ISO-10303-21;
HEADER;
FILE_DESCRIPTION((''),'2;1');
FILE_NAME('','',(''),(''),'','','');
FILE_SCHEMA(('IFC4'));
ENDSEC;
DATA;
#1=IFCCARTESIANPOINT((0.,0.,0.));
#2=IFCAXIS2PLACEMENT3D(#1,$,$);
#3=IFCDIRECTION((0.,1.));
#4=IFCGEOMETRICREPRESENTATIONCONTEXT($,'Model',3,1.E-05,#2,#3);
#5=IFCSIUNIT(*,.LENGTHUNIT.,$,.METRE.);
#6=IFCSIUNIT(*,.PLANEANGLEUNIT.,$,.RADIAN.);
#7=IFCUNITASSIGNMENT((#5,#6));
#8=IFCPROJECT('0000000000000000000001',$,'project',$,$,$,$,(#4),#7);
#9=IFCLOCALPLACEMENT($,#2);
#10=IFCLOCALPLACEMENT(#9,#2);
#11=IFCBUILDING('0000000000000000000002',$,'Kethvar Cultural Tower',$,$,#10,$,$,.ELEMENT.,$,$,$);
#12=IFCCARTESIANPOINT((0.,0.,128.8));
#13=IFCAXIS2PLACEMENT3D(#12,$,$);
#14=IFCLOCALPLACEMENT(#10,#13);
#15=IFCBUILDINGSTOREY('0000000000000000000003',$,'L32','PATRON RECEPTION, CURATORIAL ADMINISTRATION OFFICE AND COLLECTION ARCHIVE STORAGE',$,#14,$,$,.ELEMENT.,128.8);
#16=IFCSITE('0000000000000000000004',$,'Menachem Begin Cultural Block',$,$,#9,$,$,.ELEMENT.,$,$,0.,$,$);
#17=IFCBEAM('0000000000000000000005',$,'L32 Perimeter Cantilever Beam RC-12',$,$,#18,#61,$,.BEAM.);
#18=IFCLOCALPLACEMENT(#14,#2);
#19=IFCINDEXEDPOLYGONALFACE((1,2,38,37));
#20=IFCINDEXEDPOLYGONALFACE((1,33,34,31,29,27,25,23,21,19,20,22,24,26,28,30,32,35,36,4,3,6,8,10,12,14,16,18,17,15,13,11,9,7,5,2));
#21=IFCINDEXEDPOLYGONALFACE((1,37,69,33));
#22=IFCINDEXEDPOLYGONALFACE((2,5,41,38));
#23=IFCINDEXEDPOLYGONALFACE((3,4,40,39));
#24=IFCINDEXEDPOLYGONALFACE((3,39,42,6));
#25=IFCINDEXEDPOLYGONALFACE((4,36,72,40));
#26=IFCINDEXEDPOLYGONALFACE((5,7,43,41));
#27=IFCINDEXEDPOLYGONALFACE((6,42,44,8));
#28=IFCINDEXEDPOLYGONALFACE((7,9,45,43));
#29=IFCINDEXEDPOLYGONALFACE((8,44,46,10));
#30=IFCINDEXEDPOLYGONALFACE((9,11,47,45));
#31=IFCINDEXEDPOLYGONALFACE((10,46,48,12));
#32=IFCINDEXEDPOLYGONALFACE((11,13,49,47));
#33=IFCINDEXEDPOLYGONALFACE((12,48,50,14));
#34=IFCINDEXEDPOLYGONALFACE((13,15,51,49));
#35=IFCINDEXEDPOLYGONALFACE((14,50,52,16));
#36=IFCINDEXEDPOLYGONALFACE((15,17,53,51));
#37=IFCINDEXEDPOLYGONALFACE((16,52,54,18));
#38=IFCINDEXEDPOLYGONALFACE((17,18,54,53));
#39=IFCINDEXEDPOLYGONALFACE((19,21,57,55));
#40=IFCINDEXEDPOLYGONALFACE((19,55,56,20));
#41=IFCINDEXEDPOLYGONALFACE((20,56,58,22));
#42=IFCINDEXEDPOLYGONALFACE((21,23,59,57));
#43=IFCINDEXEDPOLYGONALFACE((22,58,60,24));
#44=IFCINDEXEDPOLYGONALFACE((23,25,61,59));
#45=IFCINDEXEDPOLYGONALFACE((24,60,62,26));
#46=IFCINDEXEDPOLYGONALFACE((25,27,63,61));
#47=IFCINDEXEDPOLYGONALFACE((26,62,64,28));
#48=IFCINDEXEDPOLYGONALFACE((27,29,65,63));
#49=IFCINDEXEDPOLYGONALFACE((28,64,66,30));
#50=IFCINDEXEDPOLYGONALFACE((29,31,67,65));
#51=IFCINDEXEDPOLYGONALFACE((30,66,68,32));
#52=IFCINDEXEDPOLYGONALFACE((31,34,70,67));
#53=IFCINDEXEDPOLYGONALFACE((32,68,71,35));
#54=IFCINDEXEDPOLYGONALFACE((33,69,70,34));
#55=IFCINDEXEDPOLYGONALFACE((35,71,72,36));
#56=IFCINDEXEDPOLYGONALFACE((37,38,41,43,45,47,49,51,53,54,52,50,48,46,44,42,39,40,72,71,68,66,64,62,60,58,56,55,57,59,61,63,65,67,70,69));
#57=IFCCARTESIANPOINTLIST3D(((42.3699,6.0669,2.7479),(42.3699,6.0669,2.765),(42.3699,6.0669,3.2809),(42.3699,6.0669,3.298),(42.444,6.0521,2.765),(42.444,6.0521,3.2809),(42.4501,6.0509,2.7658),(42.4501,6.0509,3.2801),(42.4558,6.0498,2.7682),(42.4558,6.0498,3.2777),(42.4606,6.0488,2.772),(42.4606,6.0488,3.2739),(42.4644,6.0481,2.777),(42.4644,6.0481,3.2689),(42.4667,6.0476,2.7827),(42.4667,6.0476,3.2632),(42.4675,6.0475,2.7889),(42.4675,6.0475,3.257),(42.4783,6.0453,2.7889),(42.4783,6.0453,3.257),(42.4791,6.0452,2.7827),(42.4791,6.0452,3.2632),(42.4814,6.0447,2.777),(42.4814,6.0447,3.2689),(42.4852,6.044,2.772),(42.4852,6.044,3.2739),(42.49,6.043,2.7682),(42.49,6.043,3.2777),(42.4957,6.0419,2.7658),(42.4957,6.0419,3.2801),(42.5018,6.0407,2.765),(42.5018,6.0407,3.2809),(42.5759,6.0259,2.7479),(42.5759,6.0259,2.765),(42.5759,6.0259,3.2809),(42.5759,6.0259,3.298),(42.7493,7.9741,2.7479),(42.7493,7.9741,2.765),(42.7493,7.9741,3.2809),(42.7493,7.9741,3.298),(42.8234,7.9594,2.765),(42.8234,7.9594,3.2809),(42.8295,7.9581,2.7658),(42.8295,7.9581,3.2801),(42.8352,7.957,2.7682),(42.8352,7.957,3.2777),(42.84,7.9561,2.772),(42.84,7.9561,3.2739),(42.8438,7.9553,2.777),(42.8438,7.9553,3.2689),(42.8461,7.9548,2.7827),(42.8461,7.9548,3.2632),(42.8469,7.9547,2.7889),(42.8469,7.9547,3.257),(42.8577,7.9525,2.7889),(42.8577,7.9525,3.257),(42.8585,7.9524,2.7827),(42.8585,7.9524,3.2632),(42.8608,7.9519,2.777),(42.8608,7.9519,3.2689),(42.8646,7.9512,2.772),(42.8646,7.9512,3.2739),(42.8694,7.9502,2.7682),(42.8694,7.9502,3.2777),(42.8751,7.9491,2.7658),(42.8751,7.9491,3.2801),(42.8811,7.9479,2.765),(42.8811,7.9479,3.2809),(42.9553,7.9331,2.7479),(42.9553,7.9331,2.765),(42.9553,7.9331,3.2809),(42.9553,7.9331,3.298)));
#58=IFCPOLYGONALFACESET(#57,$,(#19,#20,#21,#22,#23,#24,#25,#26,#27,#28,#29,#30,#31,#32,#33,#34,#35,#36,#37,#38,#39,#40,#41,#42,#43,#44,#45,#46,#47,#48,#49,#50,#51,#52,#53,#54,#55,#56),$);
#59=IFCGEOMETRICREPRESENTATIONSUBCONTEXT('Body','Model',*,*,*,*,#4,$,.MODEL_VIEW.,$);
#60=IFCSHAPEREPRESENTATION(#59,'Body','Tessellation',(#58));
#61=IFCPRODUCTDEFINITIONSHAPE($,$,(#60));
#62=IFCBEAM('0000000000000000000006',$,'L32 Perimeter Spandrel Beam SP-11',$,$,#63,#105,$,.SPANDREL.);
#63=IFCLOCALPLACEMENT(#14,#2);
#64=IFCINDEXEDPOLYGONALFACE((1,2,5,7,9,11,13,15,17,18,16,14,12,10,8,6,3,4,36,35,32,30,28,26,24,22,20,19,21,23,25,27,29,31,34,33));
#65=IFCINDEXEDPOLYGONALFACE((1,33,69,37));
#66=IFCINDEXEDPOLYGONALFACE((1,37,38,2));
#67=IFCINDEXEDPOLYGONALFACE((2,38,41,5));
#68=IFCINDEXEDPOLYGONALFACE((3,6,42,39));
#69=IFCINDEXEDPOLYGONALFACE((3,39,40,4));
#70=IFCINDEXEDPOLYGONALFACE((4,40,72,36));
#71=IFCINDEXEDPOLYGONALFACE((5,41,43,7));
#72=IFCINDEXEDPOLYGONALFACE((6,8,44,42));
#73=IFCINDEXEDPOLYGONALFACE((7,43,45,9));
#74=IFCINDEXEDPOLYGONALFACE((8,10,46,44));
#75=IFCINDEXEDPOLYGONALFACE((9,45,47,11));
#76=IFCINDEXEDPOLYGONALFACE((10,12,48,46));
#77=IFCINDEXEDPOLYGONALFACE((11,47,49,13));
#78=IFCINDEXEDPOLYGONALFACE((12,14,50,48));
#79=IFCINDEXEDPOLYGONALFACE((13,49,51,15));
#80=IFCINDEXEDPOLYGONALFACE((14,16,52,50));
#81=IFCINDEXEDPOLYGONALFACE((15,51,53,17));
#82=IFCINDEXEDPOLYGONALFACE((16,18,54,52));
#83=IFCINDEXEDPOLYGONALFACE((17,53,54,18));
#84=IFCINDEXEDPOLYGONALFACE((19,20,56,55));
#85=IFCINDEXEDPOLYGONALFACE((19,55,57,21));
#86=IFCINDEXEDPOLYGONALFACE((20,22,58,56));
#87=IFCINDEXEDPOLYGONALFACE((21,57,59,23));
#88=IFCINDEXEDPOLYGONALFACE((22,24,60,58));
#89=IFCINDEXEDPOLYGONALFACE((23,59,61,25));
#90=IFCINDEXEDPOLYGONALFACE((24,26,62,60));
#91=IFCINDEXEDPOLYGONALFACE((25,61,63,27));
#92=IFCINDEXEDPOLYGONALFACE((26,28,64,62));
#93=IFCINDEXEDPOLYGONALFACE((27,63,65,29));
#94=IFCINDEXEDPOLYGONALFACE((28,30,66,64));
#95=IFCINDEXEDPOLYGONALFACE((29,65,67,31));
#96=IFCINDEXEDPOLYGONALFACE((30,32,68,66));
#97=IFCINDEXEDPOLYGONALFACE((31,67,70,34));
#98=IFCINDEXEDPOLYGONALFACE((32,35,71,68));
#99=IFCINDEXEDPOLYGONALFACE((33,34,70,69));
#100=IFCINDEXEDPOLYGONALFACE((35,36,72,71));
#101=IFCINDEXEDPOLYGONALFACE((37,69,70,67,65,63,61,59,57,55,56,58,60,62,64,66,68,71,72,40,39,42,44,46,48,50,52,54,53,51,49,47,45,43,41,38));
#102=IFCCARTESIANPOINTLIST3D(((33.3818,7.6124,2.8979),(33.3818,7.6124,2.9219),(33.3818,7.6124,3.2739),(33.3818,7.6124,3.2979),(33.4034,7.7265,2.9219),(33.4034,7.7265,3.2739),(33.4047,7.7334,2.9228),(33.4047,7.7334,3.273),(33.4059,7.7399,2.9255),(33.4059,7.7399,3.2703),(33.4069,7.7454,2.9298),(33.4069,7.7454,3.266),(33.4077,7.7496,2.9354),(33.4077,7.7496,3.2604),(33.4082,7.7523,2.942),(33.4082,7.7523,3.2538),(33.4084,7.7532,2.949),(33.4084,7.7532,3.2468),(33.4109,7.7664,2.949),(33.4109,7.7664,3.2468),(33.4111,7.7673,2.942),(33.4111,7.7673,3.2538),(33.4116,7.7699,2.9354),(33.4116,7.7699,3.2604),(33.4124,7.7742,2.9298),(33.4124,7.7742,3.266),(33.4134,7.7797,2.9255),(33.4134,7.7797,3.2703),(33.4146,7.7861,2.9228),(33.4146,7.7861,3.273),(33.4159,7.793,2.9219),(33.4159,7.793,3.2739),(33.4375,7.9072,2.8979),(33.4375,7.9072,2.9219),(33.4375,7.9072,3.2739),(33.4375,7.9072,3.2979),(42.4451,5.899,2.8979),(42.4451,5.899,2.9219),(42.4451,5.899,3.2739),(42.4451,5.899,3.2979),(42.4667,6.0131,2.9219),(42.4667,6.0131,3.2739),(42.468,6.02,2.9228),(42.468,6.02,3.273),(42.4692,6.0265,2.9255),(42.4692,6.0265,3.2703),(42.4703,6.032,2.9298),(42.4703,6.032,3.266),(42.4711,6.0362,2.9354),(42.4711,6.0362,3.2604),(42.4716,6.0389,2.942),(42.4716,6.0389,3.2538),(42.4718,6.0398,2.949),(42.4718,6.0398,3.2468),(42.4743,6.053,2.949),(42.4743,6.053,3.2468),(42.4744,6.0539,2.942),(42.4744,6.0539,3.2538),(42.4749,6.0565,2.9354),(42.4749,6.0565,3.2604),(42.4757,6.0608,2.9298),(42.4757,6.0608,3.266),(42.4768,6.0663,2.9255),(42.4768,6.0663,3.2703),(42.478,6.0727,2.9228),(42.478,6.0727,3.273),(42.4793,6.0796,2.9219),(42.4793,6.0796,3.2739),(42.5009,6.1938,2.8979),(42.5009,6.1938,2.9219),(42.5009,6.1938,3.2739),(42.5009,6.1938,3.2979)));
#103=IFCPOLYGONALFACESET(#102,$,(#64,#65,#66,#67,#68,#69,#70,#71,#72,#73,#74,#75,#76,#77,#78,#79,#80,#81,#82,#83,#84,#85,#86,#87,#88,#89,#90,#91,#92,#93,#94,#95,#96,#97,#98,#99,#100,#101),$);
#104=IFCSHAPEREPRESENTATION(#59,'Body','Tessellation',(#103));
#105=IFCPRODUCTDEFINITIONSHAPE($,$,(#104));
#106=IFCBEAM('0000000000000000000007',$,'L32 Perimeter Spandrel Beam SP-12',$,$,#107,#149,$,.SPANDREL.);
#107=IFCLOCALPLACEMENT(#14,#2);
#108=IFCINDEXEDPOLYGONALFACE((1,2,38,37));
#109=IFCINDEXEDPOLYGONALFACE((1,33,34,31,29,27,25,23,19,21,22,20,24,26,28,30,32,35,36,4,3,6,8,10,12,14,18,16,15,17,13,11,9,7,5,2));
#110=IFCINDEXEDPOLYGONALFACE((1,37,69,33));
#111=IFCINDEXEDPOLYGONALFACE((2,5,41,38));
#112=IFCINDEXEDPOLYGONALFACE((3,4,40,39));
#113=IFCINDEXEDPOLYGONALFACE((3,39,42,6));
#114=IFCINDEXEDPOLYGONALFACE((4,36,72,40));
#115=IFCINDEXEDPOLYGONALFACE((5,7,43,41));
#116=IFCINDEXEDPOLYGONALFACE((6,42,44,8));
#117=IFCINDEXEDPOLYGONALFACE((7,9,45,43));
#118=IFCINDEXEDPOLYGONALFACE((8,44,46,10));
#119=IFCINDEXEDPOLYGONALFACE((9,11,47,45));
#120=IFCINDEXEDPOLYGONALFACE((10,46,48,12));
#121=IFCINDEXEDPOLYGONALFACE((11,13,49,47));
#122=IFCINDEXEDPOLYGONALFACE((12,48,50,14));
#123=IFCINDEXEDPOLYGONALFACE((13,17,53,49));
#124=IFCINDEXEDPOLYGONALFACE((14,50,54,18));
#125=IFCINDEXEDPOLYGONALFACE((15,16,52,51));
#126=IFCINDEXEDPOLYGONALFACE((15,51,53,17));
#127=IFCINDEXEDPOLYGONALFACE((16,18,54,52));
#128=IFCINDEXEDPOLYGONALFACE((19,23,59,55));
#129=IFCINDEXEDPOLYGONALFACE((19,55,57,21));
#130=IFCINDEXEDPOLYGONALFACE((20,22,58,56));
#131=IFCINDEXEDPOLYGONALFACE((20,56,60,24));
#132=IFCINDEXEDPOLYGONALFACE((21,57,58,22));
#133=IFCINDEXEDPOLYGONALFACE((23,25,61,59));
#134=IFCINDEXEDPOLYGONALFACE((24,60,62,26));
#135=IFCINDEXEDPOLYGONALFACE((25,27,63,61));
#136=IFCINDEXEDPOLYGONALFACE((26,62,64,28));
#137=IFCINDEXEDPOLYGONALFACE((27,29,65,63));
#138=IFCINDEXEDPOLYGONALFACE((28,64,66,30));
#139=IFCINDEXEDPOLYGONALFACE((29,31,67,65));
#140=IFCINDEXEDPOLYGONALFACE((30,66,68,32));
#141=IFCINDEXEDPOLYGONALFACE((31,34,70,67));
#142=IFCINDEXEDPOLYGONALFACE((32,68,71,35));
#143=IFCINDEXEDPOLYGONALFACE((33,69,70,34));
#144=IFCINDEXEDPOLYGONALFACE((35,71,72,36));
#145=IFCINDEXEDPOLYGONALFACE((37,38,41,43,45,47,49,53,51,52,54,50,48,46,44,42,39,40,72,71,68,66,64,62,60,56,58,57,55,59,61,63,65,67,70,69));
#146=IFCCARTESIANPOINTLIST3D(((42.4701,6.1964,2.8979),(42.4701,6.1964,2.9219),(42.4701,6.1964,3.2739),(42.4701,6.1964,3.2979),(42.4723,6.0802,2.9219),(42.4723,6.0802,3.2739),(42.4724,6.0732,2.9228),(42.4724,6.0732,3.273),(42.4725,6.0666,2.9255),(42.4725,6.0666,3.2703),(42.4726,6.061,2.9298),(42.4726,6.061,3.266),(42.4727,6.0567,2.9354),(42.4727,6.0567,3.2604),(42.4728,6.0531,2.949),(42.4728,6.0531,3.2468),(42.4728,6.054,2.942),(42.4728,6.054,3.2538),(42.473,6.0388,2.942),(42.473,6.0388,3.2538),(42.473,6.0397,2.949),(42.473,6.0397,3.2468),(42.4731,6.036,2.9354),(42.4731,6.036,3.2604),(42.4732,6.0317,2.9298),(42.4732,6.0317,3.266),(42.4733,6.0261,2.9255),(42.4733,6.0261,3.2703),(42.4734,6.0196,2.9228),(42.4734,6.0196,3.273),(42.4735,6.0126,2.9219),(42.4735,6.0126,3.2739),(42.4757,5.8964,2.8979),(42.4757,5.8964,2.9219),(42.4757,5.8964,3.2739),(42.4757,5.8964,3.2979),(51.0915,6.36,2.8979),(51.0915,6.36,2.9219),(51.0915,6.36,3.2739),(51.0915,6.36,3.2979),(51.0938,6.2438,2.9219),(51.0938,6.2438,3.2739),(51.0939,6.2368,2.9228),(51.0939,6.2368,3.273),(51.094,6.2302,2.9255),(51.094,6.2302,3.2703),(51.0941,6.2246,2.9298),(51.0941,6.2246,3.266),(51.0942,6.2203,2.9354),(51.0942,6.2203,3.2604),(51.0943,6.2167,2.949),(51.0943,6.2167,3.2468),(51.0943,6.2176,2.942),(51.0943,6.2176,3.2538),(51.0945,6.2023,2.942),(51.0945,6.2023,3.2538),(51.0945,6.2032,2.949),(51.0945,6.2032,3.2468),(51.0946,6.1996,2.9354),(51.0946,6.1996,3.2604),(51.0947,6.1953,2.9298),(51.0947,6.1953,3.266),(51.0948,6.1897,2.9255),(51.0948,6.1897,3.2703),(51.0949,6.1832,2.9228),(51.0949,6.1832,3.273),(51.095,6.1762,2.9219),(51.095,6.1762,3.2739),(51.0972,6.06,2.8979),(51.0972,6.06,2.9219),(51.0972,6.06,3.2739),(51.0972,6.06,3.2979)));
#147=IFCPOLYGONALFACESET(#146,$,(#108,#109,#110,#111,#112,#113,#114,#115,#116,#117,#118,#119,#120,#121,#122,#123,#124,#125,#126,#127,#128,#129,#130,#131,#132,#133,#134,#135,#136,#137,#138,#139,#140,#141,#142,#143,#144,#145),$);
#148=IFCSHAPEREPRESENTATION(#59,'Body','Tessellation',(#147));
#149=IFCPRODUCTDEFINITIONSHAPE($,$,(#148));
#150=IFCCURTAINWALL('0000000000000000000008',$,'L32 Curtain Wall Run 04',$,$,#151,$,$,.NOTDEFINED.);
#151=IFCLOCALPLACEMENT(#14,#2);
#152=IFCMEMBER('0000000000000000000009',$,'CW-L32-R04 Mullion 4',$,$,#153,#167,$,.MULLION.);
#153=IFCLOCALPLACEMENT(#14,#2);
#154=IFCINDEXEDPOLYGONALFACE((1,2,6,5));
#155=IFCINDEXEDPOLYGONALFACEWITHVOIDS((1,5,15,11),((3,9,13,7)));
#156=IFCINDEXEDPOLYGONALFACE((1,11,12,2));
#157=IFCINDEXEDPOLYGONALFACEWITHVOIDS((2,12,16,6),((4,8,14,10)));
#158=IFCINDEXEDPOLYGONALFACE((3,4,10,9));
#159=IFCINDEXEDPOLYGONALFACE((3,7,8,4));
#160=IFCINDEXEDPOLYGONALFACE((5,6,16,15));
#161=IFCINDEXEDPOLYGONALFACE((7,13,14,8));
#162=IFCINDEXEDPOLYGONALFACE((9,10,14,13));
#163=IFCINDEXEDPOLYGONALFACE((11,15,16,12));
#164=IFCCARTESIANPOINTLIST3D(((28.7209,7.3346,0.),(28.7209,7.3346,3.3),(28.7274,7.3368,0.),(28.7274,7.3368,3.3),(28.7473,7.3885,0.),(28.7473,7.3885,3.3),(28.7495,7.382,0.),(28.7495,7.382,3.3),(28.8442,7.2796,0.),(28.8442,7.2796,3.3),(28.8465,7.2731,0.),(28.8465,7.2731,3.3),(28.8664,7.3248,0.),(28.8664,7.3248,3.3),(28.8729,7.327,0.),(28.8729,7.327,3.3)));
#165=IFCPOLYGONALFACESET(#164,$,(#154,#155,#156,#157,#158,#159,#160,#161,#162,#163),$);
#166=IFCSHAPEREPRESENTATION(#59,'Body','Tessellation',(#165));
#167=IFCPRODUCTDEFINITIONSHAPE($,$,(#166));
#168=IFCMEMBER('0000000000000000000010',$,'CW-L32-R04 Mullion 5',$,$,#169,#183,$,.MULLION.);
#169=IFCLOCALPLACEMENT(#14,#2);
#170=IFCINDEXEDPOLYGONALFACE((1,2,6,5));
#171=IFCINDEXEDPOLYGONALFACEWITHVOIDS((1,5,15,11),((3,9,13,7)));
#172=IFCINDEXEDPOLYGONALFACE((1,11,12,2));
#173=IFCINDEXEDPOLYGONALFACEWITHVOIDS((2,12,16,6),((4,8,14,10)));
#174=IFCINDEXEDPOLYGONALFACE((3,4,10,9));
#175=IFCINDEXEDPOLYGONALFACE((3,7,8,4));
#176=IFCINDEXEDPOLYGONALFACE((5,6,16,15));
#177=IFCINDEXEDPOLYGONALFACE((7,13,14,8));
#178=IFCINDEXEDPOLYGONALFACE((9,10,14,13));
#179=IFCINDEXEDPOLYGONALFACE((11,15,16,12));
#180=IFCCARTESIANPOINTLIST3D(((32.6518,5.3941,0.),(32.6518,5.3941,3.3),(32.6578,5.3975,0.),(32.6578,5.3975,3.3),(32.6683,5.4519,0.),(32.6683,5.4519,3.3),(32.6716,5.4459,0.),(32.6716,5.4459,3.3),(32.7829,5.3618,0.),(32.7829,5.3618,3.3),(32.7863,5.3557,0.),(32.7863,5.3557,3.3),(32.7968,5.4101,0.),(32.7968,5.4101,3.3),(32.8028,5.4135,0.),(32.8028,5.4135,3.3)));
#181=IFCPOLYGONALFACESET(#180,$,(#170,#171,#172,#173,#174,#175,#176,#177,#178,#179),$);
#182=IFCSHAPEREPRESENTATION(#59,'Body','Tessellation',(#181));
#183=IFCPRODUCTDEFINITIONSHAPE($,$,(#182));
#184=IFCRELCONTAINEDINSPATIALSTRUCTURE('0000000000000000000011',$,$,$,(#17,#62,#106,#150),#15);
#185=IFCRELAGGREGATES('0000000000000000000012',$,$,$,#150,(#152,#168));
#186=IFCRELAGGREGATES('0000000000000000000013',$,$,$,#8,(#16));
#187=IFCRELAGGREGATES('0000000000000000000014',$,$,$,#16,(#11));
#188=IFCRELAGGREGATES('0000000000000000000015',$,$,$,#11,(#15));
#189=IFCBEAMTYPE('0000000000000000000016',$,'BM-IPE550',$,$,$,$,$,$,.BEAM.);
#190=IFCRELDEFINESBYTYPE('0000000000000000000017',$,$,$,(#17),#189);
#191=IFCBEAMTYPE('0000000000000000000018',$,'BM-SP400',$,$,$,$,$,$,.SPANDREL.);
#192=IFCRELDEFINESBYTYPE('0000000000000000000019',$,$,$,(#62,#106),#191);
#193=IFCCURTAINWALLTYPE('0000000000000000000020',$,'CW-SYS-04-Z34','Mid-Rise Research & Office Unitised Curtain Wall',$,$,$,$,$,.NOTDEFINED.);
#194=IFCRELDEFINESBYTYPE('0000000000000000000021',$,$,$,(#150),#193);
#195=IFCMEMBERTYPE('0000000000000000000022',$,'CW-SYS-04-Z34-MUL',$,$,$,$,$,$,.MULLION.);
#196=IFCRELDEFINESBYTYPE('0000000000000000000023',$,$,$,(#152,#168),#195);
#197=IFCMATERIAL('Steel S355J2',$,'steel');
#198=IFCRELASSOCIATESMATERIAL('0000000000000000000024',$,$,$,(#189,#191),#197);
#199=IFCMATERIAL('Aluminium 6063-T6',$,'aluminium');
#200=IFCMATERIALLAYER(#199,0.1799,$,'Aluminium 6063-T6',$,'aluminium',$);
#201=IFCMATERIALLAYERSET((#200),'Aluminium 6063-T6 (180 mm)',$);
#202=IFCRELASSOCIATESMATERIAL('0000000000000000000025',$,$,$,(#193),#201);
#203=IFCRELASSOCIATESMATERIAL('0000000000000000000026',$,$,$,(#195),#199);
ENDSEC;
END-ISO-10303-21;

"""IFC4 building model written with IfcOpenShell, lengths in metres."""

from ifc_helpers import new_model, si_unit, direction, frame, origin, origin_2d, place, context, subcontext, project, spatial, hollow_rectangle, i_section, extrude, source, transform, mapped, material, layer, layer_set, material_profile, profile_set, type_object, element, aggregate, save


model = new_model("IFC4")

# Units and contexts
model_context = context("Model", 3, precision=1e-05, world=origin(), true_north=direction((0.0, 1.0)))
body_context = subcontext(model_context, "Body", "Model", "MODEL_VIEW")
ifc_project = project(units=[si_unit("LENGTHUNIT", "METRE"), si_unit("PLANEANGLEUNIT", "RADIAN")], contexts=[model_context])

# Site, building, storey
site_placement = place(None, origin())
site = spatial("IfcSite", under=ifc_project, at=site_placement, Name="Menachem Begin Cultural Block", CompositionType="ELEMENT", RefElevation=0.0)
building_placement = place(site_placement, origin())
building = spatial("IfcBuilding", under=site, at=building_placement, Name="Kethvar Cultural Tower", CompositionType="ELEMENT")
storey_placement = place(building_placement, frame((0.0, 0.0, 128.8)))
storey = spatial("IfcBuildingStorey", under=building, at=storey_placement, Name="L32", Description="PATRON RECEPTION, CURATORIAL ADMINISTRATION OFFICE AND COLLECTION ARCHIVE STORAGE", CompositionType="ELEMENT", Elevation=128.8)

# Beams
ifc_material_1 = material(Name="Steel S355J2", Category="steel")
ifc_material_profile_1 = material_profile(ifc_material_1, i_section(OverallWidth=0.21, OverallDepth=0.55, WebThickness=0.011, FlangeThickness=0.0171, FilletRadius=0.0239, at=origin_2d()), Name="Steel S355J2 — IPE550")
ifc_profile_set_1 = profile_set([ifc_material_profile_1], Name="Steel S355J2 — IPE550")
beam_type_1 = type_object("IfcBeamType", Name="BM-IPE550", PredefinedType="BEAM", material=ifc_profile_set_1)
shared_shape_1 = source(origin(), body_context, "Body", "SweptSolid", [
    extrude(i_section(OverallWidth=0.21, OverallDepth=0.55, WebThickness=0.011, FlangeThickness=0.0171, FilletRadius=0.0239, at=origin_2d()), origin(), (0.0, 0.0, 1.0), 1.9446),
])
beam_1_placement = place(storey_placement, frame((42.8523, 7.9536, 3.0229), z_axis=(-0.195102, -0.980783, 0.0), x_axis=(0.980783, -0.195102, 0.0)))
element("IfcBeam", 1, at=beam_1_placement, inside=storey, type_object=beam_type_1, Name="L32 Perimeter Cantilever Beam RC-12", PredefinedType="BEAM", context=body_context, shape_type="MappedRepresentation", body=[
    mapped(shared_shape_1, transform((0.0, 0.0, 0.0), scale=1.0)),
])
ifc_material_profile_2 = material_profile(ifc_material_1, i_section(OverallWidth=0.3, OverallDepth=0.3999, WebThickness=0.0134, FlangeThickness=0.0239, FilletRadius=0.0271, at=origin_2d()), Name="Steel S355J2 — HEB400")
ifc_profile_set_2 = profile_set([ifc_material_profile_2], Name="Steel S355J2 — HEB400")
beam_type_2 = type_object("IfcBeamType", Name="BM-SP400", PredefinedType="SPANDREL", material=ifc_profile_set_2)
shared_shape_2 = source(origin(), body_context, "Body", "SweptSolid", [
    extrude(i_section(OverallWidth=0.3, OverallDepth=0.3999, WebThickness=0.0134, FlangeThickness=0.0239, FilletRadius=0.0271, at=origin_2d()), origin(), (0.0, 0.0, 1.0), 9.2239),
])
beam_2_placement = place(storey_placement, frame((33.4097, 7.7598, 3.0979), z_axis=(0.982596, -0.185757, 0.0), x_axis=(0.185757, 0.982596, 0.0)))
element("IfcBeam", 2, at=beam_2_placement, inside=storey, type_object=beam_type_2, Name="L32 Perimeter Spandrel Beam SP-11", PredefinedType="SPANDREL", context=body_context, shape_type="MappedRepresentation", body=[
    mapped(shared_shape_2, transform((0.0, 0.0, 0.0), scale=1.0)),
])
shared_shape_3 = source(origin(), body_context, "Body", "SweptSolid", [
    extrude(i_section(OverallWidth=0.3, OverallDepth=0.3999, WebThickness=0.0134, FlangeThickness=0.0239, FilletRadius=0.0271, at=origin_2d()), origin(), (0.0, 0.0, 1.0), 8.623),
])
beam_3_placement = place(storey_placement, frame((42.4729, 6.0464, 3.0979), z_axis=(0.99982, 0.018969, 0.0), x_axis=(-0.018969, 0.99982, 0.0)))
element("IfcBeam", 3, at=beam_3_placement, inside=storey, type_object=beam_type_2, Name="L32 Perimeter Spandrel Beam SP-12", PredefinedType="SPANDREL", context=body_context, shape_type="MappedRepresentation", body=[
    mapped(shared_shape_3, transform((0.0, 0.0, 0.0), scale=1.0)),
])

# Curtain wall, members
ifc_material_2 = material(Name="Aluminium 6063-T6", Category="aluminium")
ifc_layer_1 = layer(ifc_material_2, 0.1799, Name="Aluminium 6063-T6", Category="aluminium")
ifc_layer_set_1 = layer_set([ifc_layer_1], Name="Aluminium 6063-T6 (180 mm)")
curtain_wall_type = type_object("IfcCurtainWallType", Name="CW-SYS-04-Z34", Description="Mid-Rise Research & Office Unitised Curtain Wall", PredefinedType="NOTDEFINED", material=ifc_layer_set_1)
curtain_wall_1_placement = place(storey_placement, origin())
curtain_wall_1 = element("IfcCurtainWall", 4, at=curtain_wall_1_placement, inside=storey, type_object=curtain_wall_type, Name="L32 Curtain Wall Run 04", PredefinedType="NOTDEFINED")
ifc_material_profile_3 = material_profile(ifc_material_2, hollow_rectangle(XDim=0.0601, YDim=0.1399, WallThickness=0.0049, at=origin_2d()), Name="Aluminium 6063-T6 — RHS140x60x5")
ifc_profile_set_3 = profile_set([ifc_material_profile_3], Name="Aluminium 6063-T6 — RHS140x60x5")
member_type_1 = type_object("IfcMemberType", Name="CW-SYS-04-Z34-MUL", PredefinedType="MULLION", material=ifc_profile_set_3)
shared_shape_4 = source(origin(), body_context, "Body", "SweptSolid", [
    extrude(hollow_rectangle(XDim=0.0601, YDim=0.1399, WallThickness=0.0049, at=origin_2d()), origin(), (0.0, 0.0, 1.0), 3.3),
])
member_1_placement = place(storey_placement, frame((28.7969, 7.3308, 0.0), z_axis=(0.0, 0.0, 1.0), x_axis=(0.439908, 0.898043, 0.0)))
member_1 = element("IfcMember", 5, at=member_1_placement, type_object=member_type_1, Name="CW-L32-R04 Mullion 4", PredefinedType="MULLION", context=body_context, shape_type="MappedRepresentation", body=[
    mapped(shared_shape_4, transform((0.0, 0.0, 0.0), scale=1.0)),
])
member_2_placement = place(storey_placement, frame((32.7273, 5.4038, 0.0), z_axis=(0.0, 0.0, 1.0), x_axis=(0.274681, 0.961535, 0.0)))
member_2 = element("IfcMember", 6, at=member_2_placement, type_object=member_type_1, Name="CW-L32-R04 Mullion 5", PredefinedType="MULLION", context=body_context, shape_type="MappedRepresentation", body=[
    mapped(shared_shape_4, transform((0.0, 0.0, 0.0), scale=1.0)),
])

aggregate(curtain_wall_1, [member_1, member_2])

save(model, "model.ifc")
